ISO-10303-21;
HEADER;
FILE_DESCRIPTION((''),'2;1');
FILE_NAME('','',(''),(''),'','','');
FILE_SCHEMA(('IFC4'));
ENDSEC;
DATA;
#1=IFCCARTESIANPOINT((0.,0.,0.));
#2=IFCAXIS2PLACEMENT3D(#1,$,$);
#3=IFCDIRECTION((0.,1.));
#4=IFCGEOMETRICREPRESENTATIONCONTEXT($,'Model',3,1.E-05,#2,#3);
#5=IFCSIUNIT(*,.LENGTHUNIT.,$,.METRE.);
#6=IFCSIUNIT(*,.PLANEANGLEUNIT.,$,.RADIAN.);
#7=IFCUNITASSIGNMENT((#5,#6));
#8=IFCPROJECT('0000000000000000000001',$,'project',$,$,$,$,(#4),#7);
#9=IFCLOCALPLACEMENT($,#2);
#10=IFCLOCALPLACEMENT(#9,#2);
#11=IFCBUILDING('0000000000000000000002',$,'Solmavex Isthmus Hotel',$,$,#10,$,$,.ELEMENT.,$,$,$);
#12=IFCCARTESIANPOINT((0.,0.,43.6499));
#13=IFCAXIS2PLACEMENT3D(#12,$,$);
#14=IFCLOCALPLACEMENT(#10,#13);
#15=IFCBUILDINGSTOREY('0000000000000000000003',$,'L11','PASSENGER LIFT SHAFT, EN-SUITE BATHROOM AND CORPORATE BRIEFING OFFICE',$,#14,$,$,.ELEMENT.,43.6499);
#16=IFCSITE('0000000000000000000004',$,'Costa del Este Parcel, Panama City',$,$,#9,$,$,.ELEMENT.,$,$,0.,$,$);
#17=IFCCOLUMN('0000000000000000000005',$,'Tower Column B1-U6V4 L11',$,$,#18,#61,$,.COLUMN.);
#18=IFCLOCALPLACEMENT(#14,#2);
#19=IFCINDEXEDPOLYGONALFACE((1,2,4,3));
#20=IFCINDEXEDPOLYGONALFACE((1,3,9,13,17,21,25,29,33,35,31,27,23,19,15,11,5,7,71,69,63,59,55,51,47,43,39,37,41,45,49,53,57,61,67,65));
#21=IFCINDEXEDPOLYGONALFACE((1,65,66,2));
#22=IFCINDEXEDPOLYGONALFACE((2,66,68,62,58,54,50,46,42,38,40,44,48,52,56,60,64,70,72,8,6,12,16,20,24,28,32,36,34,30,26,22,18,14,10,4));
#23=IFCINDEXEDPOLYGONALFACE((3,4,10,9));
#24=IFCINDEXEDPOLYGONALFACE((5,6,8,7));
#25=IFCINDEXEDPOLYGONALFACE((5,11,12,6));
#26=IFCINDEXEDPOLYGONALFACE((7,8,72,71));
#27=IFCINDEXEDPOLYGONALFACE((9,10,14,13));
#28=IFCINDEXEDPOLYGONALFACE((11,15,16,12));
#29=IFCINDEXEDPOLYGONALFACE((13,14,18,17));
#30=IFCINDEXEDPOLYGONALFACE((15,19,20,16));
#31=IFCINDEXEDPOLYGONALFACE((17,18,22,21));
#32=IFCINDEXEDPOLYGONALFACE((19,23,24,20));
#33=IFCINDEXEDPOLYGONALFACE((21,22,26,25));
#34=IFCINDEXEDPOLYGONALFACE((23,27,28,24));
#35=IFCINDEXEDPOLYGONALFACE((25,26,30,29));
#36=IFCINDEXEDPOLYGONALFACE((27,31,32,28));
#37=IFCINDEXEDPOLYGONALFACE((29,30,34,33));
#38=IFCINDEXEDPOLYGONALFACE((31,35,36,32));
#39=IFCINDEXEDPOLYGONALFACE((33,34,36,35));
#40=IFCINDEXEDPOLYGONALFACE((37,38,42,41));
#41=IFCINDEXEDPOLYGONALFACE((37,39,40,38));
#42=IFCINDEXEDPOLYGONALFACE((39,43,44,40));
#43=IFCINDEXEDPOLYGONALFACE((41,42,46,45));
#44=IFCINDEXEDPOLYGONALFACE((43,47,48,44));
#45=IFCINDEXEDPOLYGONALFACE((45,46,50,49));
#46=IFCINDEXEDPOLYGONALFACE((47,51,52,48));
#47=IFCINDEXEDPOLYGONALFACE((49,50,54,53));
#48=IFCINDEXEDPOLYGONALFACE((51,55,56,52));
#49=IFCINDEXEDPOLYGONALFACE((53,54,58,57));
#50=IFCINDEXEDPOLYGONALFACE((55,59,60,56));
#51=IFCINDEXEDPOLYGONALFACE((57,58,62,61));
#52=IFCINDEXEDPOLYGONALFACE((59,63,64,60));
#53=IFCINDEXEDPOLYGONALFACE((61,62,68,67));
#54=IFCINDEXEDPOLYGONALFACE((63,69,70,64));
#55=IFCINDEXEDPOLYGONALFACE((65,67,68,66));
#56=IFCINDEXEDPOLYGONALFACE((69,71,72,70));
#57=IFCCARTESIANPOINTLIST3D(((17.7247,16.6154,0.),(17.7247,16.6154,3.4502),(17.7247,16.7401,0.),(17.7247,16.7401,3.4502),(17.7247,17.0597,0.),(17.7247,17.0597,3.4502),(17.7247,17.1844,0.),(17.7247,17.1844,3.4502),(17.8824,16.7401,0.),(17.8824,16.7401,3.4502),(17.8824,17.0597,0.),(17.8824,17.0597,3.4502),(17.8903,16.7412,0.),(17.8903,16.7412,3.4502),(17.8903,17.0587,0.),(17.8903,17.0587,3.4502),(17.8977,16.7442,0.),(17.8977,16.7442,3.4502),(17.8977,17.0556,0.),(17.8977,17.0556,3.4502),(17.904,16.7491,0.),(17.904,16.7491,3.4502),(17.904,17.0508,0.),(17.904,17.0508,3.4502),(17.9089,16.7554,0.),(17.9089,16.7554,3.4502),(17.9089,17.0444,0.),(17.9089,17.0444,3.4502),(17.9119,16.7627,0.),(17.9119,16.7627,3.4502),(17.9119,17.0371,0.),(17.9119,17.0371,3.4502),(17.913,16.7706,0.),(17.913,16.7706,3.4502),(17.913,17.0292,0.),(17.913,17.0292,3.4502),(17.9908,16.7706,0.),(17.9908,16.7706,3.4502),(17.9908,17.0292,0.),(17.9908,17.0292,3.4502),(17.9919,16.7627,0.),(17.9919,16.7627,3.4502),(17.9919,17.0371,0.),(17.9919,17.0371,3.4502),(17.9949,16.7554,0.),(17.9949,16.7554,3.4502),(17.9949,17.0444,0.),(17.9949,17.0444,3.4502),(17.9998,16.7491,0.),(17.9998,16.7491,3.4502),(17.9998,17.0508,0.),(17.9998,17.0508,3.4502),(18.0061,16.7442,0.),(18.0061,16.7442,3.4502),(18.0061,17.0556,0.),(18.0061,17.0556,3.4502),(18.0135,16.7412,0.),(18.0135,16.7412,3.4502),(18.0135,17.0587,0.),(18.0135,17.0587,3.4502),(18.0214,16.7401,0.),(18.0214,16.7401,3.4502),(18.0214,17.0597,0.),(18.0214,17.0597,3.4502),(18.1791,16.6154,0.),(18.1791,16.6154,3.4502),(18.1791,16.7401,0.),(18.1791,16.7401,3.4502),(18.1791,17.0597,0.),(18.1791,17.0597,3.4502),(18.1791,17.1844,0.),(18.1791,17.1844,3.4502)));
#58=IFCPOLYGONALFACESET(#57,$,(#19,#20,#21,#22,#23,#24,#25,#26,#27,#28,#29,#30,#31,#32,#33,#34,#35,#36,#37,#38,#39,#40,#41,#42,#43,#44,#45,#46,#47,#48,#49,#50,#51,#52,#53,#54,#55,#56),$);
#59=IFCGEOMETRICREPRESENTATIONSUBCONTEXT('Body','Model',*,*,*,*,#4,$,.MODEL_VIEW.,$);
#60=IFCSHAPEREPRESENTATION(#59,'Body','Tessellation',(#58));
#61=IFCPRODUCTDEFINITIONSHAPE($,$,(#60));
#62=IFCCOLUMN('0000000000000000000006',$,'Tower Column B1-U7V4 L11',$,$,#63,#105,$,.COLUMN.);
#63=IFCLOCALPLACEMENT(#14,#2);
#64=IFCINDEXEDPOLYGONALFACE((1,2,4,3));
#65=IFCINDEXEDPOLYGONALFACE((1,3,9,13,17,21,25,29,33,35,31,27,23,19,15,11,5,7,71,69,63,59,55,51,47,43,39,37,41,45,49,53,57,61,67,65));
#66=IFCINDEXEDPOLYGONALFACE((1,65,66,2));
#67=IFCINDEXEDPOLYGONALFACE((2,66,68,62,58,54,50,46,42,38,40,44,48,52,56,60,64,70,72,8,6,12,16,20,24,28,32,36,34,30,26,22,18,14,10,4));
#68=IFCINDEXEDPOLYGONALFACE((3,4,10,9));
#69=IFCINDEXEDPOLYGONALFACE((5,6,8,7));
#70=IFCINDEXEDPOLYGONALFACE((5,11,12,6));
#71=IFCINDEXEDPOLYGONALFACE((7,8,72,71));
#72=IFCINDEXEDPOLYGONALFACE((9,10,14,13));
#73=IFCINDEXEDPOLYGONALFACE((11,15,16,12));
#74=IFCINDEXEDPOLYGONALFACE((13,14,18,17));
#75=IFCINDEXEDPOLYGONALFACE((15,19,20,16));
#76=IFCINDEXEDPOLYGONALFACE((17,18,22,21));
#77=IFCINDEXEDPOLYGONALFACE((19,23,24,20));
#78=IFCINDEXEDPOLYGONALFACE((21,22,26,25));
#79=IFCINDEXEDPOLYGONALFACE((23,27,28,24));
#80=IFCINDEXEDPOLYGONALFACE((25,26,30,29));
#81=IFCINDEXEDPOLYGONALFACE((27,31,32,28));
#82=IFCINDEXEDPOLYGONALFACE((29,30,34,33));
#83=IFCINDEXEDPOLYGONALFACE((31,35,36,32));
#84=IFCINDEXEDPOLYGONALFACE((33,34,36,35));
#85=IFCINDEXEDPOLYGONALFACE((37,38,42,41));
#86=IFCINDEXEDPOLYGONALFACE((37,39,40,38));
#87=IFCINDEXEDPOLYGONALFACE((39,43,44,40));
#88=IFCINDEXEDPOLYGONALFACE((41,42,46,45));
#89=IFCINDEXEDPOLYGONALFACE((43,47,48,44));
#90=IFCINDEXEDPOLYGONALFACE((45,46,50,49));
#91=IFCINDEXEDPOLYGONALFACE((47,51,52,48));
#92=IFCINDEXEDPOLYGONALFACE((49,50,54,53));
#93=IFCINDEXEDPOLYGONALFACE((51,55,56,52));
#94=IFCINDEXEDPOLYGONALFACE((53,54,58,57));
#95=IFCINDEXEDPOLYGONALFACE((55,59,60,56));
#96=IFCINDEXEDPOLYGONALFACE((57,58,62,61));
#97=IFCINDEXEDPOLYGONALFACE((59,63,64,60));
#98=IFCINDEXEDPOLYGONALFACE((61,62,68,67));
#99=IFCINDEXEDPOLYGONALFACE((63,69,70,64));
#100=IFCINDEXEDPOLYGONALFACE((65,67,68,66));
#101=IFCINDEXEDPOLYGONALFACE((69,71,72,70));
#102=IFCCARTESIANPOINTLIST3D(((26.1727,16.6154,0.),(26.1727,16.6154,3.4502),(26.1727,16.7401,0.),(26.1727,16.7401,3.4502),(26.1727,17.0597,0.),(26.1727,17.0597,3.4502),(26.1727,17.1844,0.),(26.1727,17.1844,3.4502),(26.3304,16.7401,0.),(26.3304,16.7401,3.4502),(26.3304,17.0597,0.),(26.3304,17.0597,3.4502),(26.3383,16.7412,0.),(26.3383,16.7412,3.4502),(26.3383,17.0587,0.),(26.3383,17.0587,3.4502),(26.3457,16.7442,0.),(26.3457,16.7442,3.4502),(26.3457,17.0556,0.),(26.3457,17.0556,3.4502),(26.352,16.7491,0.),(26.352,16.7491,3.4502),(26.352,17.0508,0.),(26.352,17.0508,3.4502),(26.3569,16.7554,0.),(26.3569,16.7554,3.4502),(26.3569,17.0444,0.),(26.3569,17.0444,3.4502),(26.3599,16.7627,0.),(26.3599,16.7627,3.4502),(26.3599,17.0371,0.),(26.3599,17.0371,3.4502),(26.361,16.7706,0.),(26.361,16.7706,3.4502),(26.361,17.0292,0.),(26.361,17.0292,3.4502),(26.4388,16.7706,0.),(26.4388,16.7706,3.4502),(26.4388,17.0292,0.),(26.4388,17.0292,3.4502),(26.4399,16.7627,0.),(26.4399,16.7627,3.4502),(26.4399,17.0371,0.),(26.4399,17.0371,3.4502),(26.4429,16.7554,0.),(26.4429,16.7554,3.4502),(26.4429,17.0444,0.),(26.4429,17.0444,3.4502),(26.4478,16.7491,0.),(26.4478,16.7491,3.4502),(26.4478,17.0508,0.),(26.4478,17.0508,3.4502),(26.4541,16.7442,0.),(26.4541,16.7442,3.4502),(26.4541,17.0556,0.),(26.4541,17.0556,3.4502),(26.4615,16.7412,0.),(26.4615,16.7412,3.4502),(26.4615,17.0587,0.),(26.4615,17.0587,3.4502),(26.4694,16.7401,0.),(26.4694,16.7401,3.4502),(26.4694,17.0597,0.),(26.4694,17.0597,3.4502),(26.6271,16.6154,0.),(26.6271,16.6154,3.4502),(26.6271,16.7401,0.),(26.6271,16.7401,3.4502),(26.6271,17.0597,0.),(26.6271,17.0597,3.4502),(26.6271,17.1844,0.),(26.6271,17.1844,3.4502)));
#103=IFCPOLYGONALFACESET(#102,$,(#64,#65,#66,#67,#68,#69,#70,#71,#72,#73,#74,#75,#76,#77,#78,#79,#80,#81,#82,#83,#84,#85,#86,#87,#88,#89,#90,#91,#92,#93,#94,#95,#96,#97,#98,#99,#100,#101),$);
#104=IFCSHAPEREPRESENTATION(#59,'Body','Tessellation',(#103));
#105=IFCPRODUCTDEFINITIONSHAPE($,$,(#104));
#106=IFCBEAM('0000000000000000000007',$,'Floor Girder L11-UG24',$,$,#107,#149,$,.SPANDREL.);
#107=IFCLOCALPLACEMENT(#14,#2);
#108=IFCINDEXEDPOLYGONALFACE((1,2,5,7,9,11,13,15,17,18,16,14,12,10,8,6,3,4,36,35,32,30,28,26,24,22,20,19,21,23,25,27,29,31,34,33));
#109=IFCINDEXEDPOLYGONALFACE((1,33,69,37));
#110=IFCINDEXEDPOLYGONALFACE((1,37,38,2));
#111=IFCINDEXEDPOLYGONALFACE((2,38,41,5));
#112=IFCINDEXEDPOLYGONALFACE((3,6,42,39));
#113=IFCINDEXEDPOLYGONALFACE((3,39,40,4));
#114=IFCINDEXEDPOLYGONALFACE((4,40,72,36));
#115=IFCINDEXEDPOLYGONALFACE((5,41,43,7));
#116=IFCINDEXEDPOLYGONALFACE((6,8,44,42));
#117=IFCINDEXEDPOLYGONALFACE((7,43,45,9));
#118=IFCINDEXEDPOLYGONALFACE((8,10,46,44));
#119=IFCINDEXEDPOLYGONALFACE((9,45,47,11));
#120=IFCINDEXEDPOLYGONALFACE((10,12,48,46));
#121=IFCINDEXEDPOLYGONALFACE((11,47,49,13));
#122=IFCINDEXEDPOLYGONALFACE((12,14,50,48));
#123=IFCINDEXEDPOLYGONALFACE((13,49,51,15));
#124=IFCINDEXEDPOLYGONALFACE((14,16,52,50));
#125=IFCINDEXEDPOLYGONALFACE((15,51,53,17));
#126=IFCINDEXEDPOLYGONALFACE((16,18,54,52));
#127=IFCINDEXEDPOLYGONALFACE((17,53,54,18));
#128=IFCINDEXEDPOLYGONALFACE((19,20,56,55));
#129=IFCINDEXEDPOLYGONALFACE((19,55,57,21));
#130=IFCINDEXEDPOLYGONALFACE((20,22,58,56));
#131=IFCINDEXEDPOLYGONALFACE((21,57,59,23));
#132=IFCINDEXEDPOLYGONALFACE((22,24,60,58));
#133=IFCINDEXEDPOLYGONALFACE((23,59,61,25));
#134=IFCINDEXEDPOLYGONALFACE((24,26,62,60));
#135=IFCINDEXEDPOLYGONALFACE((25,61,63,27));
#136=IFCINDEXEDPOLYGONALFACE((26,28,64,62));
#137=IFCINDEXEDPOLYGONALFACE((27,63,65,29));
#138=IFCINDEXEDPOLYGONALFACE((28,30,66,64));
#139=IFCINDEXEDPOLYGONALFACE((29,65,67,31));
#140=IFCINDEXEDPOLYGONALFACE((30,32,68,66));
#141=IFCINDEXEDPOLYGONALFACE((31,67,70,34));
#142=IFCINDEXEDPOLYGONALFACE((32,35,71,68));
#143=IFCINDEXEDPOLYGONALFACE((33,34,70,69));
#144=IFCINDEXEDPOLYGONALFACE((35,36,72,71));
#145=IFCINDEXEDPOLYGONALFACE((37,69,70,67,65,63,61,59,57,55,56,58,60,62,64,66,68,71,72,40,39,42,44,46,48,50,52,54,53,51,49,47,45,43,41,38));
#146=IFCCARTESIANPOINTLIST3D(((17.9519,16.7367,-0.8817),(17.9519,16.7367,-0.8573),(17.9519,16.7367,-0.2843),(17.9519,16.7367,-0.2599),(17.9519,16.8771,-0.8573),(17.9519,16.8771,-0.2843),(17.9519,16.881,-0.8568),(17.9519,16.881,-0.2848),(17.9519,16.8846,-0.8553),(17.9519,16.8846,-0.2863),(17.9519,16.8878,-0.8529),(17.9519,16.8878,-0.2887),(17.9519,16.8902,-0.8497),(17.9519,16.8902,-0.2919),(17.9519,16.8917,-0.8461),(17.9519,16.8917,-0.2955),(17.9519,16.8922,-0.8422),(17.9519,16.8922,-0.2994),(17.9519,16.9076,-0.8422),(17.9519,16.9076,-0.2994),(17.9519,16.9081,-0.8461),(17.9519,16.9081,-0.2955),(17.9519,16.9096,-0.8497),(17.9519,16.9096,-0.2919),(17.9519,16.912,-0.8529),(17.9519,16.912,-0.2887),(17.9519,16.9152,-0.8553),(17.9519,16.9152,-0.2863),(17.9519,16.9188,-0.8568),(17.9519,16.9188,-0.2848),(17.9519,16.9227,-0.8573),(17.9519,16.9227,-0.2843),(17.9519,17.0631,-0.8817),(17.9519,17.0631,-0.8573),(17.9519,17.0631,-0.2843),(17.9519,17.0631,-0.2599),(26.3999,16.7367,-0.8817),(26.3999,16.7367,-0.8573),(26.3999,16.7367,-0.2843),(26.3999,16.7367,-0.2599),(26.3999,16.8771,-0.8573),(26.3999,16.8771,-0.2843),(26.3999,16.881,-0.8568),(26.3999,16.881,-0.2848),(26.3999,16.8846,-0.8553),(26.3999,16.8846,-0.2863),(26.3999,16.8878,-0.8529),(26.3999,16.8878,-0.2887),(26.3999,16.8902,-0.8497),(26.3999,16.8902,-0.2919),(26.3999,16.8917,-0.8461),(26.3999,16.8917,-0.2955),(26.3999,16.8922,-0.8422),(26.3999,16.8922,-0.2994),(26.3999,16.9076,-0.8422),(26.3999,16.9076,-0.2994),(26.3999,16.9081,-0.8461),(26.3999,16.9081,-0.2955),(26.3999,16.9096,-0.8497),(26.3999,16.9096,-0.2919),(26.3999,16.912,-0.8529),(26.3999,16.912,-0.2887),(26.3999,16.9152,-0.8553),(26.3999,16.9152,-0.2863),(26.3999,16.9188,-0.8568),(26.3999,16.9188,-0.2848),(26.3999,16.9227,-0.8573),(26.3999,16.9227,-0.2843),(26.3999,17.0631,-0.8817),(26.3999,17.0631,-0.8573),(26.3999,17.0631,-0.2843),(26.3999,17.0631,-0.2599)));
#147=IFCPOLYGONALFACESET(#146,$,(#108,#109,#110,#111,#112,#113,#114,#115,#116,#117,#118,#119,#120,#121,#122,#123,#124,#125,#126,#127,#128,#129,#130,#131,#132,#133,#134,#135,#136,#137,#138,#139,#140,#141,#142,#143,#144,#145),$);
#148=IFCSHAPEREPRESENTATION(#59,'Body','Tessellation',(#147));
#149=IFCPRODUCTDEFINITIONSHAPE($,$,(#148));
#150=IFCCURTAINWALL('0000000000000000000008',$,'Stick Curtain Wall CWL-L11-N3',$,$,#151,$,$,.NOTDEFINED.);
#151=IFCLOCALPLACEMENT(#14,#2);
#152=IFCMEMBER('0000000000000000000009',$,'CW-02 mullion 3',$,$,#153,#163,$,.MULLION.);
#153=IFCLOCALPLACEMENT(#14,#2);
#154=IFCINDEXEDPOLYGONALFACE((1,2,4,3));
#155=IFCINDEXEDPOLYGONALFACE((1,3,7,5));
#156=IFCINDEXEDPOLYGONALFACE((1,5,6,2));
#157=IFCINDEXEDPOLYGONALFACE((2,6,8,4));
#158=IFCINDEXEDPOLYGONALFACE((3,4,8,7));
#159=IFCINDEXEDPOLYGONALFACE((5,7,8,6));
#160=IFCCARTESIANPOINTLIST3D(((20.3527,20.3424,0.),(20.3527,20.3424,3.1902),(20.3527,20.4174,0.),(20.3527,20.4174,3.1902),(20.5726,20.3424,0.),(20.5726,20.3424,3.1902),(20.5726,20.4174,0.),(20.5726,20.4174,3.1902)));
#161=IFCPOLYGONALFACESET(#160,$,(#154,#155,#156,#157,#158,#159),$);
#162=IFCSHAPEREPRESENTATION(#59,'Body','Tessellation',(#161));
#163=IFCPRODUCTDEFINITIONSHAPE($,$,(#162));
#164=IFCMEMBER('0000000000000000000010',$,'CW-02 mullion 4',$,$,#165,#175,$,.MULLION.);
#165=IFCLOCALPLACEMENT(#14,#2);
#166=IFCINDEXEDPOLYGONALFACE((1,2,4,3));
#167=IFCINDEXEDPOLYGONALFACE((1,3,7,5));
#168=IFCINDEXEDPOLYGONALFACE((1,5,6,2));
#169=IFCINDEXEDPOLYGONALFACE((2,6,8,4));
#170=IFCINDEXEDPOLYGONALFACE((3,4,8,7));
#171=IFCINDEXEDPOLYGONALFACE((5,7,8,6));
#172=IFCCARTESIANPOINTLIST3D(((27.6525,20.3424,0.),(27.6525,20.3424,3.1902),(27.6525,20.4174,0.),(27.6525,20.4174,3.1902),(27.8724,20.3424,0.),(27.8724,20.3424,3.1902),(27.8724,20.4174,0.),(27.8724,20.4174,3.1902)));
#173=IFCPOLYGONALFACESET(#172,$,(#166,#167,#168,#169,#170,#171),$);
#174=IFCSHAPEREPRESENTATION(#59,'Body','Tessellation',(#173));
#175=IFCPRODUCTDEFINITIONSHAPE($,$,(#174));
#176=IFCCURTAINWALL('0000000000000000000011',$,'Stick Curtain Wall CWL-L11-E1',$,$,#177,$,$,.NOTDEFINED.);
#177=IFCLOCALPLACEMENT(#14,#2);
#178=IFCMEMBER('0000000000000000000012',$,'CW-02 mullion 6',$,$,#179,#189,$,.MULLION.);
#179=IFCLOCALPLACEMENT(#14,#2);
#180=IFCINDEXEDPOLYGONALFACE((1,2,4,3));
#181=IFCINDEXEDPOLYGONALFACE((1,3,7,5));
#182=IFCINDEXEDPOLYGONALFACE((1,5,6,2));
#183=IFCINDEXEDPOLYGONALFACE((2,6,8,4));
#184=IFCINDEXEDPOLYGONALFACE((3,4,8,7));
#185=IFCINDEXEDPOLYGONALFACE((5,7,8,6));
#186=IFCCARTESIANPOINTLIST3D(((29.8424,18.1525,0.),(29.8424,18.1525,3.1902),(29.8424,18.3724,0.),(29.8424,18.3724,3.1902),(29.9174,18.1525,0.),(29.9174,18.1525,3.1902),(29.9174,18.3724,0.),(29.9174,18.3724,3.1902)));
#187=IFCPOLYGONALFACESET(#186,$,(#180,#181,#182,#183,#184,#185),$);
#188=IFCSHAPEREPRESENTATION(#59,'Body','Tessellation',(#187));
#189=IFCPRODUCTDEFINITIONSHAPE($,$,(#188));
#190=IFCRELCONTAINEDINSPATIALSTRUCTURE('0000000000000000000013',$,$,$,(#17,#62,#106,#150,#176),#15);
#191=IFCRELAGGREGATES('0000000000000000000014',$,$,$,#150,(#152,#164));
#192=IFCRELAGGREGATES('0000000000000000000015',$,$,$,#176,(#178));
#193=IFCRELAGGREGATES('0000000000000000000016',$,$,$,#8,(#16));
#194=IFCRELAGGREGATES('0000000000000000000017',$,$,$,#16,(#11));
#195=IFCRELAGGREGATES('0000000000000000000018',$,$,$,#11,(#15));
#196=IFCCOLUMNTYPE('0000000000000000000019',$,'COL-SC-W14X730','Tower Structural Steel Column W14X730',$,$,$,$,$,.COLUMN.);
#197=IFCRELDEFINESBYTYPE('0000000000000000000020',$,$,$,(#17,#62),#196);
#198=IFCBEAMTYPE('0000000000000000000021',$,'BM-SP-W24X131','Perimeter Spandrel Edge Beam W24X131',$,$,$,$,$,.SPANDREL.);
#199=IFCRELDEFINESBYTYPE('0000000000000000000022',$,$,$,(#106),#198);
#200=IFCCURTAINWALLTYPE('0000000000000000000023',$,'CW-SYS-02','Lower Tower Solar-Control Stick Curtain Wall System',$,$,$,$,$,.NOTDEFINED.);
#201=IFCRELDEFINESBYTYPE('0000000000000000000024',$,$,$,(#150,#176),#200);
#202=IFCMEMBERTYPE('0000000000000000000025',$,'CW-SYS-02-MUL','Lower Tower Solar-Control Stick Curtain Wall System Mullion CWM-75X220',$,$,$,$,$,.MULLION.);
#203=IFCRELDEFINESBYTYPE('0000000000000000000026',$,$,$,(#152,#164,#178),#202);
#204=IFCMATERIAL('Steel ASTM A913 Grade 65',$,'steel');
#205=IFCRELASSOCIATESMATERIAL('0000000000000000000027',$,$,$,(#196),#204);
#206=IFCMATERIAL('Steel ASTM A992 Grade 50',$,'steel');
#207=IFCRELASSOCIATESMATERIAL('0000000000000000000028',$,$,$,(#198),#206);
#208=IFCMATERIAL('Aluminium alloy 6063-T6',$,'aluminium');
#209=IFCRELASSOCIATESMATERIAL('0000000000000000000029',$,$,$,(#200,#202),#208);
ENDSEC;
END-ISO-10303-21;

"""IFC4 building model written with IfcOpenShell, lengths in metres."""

from ifc_helpers import new_model, si_unit, direction, frame, origin, origin_2d, place, context, subcontext, project, spatial, rectangle, i_section, extrude, material, material_profile, profile_set, type_object, element, aggregate, save


model = new_model("IFC4")

# Units and contexts
model_context = context("Model", 3, precision=1e-05, world=origin(), true_north=direction((0.0, 1.0)))
body_context = subcontext(model_context, "Body", "Model", "MODEL_VIEW")
ifc_project = project(units=[si_unit("LENGTHUNIT", "METRE"), si_unit("PLANEANGLEUNIT", "RADIAN")], contexts=[model_context])

# Site, building, storey
site_placement = place(None, origin())
site = spatial("IfcSite", under=ifc_project, at=site_placement, Name="Costa del Este Parcel, Panama City", CompositionType="ELEMENT", RefElevation=0.0)
building_placement = place(site_placement, origin())
building = spatial("IfcBuilding", under=site, at=building_placement, Name="Solmavex Isthmus Hotel", CompositionType="ELEMENT")
storey_placement = place(building_placement, frame((0.0, 0.0, 43.6499)))
storey = spatial("IfcBuildingStorey", under=building, at=storey_placement, Name="L11", Description="PASSENGER LIFT SHAFT, EN-SUITE BATHROOM AND CORPORATE BRIEFING OFFICE", CompositionType="ELEMENT", Elevation=43.6499)

# Columns
ifc_material_1 = material(Name="Steel ASTM A913 Grade 65", Category="steel")
ifc_material_profile_1 = material_profile(ifc_material_1, i_section(OverallWidth=0.4543, OverallDepth=0.5691, WebThickness=0.0779, FlangeThickness=0.1248, FilletRadius=0.0305, at=origin_2d()), Name="W14X730")
ifc_profile_set_1 = profile_set([ifc_material_profile_1], Name="Steel ASTM A913 Grade 65")
column_type = type_object("IfcColumnType", Name="COL-SC-W14X730", Description="Tower Structural Steel Column W14X730", PredefinedType="COLUMN", material=ifc_profile_set_1)
for number, where, z_axis, x_axis, name in (
    (1, (17.9519, 16.8999, 0.0), (0.0, 0.0, 1.0), (1.0, 0.0, 0.0), "Tower Column B1-U6V4 L11"),
    (2, (26.3999, 16.8999, 0.0), (0.0, 0.0, 1.0), (1.0, 0.0, 0.0), "Tower Column B1-U7V4 L11"),
):
    element("IfcColumn", number, at=place(storey_placement, frame(where, z_axis=z_axis, x_axis=x_axis)), inside=storey, type_object=column_type, Name=name, PredefinedType="COLUMN", context=body_context, shape_type="SweptSolid", body=[
        extrude(i_section(OverallWidth=0.4543, OverallDepth=0.5691, WebThickness=0.0779, FlangeThickness=0.1248, FilletRadius=0.0305, at=origin_2d()), origin(), (0.0, 0.0, 1.0), 3.4502),
    ])

# Beam
ifc_material_2 = material(Name="Steel ASTM A992 Grade 50", Category="steel")
ifc_material_profile_2 = material_profile(ifc_material_2, i_section(OverallWidth=0.3264, OverallDepth=0.6218, WebThickness=0.0154, FlangeThickness=0.0244, FilletRadius=0.0151, at=origin_2d()), Name="W24X131")
ifc_profile_set_2 = profile_set([ifc_material_profile_2], Name="Steel ASTM A992 Grade 50")
beam_type = type_object("IfcBeamType", Name="BM-SP-W24X131", Description="Perimeter Spandrel Edge Beam W24X131", PredefinedType="SPANDREL", material=ifc_profile_set_2)
beam_placement = place(storey_placement, frame((17.9519, 16.8999, -0.5708), z_axis=(1.0, 0.0, 0.0), x_axis=(0.0, 1.0, 0.0)))
element("IfcBeam", 3, at=beam_placement, inside=storey, type_object=beam_type, Name="Floor Girder L11-UG24", PredefinedType="SPANDREL", context=body_context, shape_type="SweptSolid", body=[
    extrude(i_section(OverallWidth=0.3264, OverallDepth=0.6218, WebThickness=0.0154, FlangeThickness=0.0244, FilletRadius=0.0151, at=origin_2d()), origin(), (0.0, 0.0, 1.0), 8.448),
])

# Curtain wall, members
ifc_material_3 = material(Name="Aluminium alloy 6063-T6", Category="aluminium")
curtain_wall_type = type_object("IfcCurtainWallType", Name="CW-SYS-02", Description="Lower Tower Solar-Control Stick Curtain Wall System", PredefinedType="NOTDEFINED", material=ifc_material_3)
curtain_wall_1_placement = place(storey_placement, origin())
curtain_wall_1 = element("IfcCurtainWall", 4, at=curtain_wall_1_placement, inside=storey, type_object=curtain_wall_type, Name="Stick Curtain Wall CWL-L11-N3", PredefinedType="NOTDEFINED")
ifc_material_profile_3 = material_profile(ifc_material_3, rectangle(XDim=0.075, YDim=0.22, at=origin_2d()), Name="CWM-75X220")
ifc_profile_set_3 = profile_set([ifc_material_profile_3], Name="Aluminium alloy 6063-T6")
member_type_1 = type_object("IfcMemberType", Name="CW-SYS-02-MUL", Description="Lower Tower Solar-Control Stick Curtain Wall System Mullion CWM-75X220", PredefinedType="MULLION", material=ifc_profile_set_3)
member_1_placement = place(storey_placement, frame((20.4626, 20.3799, 0.0), z_axis=(0.0, 0.0, 1.0), x_axis=(0.0, 1.0, 0.0)))
member_1 = element("IfcMember", 5, at=member_1_placement, type_object=member_type_1, Name="CW-02 mullion 3", PredefinedType="MULLION", context=body_context, shape_type="SweptSolid", body=[
    extrude(rectangle(XDim=0.075, YDim=0.22, at=origin_2d()), origin(), (0.0, 0.0, 1.0), 3.1902),
])
member_2_placement = place(storey_placement, frame((27.7625, 20.3799, 0.0), z_axis=(0.0, 0.0, 1.0), x_axis=(0.0, 1.0, 0.0)))
member_2 = element("IfcMember", 6, at=member_2_placement, type_object=member_type_1, Name="CW-02 mullion 4", PredefinedType="MULLION", context=body_context, shape_type="SweptSolid", body=[
    extrude(rectangle(XDim=0.075, YDim=0.22, at=origin_2d()), origin(), (0.0, 0.0, 1.0), 3.1902),
])

# Curtain wall, member
curtain_wall_2_placement = place(storey_placement, origin())
curtain_wall_2 = element("IfcCurtainWall", 7, at=curtain_wall_2_placement, inside=storey, type_object=curtain_wall_type, Name="Stick Curtain Wall CWL-L11-E1", PredefinedType="NOTDEFINED")
member_3_placement = place(storey_placement, frame((29.8799, 18.2625, 0.0), z_axis=(0.0, 0.0, 1.0), x_axis=(-1.0, 0.0, 0.0)))
member_3 = element("IfcMember", 8, at=member_3_placement, type_object=member_type_1, Name="CW-02 mullion 6", PredefinedType="MULLION", context=body_context, shape_type="SweptSolid", body=[
    extrude(rectangle(XDim=0.075, YDim=0.22, at=origin_2d()), origin(), (0.0, 0.0, 1.0), 3.1902),
])

aggregate(curtain_wall_1, [member_1, member_2])
aggregate(curtain_wall_2, [member_3])

save(model, "model.ifc")
